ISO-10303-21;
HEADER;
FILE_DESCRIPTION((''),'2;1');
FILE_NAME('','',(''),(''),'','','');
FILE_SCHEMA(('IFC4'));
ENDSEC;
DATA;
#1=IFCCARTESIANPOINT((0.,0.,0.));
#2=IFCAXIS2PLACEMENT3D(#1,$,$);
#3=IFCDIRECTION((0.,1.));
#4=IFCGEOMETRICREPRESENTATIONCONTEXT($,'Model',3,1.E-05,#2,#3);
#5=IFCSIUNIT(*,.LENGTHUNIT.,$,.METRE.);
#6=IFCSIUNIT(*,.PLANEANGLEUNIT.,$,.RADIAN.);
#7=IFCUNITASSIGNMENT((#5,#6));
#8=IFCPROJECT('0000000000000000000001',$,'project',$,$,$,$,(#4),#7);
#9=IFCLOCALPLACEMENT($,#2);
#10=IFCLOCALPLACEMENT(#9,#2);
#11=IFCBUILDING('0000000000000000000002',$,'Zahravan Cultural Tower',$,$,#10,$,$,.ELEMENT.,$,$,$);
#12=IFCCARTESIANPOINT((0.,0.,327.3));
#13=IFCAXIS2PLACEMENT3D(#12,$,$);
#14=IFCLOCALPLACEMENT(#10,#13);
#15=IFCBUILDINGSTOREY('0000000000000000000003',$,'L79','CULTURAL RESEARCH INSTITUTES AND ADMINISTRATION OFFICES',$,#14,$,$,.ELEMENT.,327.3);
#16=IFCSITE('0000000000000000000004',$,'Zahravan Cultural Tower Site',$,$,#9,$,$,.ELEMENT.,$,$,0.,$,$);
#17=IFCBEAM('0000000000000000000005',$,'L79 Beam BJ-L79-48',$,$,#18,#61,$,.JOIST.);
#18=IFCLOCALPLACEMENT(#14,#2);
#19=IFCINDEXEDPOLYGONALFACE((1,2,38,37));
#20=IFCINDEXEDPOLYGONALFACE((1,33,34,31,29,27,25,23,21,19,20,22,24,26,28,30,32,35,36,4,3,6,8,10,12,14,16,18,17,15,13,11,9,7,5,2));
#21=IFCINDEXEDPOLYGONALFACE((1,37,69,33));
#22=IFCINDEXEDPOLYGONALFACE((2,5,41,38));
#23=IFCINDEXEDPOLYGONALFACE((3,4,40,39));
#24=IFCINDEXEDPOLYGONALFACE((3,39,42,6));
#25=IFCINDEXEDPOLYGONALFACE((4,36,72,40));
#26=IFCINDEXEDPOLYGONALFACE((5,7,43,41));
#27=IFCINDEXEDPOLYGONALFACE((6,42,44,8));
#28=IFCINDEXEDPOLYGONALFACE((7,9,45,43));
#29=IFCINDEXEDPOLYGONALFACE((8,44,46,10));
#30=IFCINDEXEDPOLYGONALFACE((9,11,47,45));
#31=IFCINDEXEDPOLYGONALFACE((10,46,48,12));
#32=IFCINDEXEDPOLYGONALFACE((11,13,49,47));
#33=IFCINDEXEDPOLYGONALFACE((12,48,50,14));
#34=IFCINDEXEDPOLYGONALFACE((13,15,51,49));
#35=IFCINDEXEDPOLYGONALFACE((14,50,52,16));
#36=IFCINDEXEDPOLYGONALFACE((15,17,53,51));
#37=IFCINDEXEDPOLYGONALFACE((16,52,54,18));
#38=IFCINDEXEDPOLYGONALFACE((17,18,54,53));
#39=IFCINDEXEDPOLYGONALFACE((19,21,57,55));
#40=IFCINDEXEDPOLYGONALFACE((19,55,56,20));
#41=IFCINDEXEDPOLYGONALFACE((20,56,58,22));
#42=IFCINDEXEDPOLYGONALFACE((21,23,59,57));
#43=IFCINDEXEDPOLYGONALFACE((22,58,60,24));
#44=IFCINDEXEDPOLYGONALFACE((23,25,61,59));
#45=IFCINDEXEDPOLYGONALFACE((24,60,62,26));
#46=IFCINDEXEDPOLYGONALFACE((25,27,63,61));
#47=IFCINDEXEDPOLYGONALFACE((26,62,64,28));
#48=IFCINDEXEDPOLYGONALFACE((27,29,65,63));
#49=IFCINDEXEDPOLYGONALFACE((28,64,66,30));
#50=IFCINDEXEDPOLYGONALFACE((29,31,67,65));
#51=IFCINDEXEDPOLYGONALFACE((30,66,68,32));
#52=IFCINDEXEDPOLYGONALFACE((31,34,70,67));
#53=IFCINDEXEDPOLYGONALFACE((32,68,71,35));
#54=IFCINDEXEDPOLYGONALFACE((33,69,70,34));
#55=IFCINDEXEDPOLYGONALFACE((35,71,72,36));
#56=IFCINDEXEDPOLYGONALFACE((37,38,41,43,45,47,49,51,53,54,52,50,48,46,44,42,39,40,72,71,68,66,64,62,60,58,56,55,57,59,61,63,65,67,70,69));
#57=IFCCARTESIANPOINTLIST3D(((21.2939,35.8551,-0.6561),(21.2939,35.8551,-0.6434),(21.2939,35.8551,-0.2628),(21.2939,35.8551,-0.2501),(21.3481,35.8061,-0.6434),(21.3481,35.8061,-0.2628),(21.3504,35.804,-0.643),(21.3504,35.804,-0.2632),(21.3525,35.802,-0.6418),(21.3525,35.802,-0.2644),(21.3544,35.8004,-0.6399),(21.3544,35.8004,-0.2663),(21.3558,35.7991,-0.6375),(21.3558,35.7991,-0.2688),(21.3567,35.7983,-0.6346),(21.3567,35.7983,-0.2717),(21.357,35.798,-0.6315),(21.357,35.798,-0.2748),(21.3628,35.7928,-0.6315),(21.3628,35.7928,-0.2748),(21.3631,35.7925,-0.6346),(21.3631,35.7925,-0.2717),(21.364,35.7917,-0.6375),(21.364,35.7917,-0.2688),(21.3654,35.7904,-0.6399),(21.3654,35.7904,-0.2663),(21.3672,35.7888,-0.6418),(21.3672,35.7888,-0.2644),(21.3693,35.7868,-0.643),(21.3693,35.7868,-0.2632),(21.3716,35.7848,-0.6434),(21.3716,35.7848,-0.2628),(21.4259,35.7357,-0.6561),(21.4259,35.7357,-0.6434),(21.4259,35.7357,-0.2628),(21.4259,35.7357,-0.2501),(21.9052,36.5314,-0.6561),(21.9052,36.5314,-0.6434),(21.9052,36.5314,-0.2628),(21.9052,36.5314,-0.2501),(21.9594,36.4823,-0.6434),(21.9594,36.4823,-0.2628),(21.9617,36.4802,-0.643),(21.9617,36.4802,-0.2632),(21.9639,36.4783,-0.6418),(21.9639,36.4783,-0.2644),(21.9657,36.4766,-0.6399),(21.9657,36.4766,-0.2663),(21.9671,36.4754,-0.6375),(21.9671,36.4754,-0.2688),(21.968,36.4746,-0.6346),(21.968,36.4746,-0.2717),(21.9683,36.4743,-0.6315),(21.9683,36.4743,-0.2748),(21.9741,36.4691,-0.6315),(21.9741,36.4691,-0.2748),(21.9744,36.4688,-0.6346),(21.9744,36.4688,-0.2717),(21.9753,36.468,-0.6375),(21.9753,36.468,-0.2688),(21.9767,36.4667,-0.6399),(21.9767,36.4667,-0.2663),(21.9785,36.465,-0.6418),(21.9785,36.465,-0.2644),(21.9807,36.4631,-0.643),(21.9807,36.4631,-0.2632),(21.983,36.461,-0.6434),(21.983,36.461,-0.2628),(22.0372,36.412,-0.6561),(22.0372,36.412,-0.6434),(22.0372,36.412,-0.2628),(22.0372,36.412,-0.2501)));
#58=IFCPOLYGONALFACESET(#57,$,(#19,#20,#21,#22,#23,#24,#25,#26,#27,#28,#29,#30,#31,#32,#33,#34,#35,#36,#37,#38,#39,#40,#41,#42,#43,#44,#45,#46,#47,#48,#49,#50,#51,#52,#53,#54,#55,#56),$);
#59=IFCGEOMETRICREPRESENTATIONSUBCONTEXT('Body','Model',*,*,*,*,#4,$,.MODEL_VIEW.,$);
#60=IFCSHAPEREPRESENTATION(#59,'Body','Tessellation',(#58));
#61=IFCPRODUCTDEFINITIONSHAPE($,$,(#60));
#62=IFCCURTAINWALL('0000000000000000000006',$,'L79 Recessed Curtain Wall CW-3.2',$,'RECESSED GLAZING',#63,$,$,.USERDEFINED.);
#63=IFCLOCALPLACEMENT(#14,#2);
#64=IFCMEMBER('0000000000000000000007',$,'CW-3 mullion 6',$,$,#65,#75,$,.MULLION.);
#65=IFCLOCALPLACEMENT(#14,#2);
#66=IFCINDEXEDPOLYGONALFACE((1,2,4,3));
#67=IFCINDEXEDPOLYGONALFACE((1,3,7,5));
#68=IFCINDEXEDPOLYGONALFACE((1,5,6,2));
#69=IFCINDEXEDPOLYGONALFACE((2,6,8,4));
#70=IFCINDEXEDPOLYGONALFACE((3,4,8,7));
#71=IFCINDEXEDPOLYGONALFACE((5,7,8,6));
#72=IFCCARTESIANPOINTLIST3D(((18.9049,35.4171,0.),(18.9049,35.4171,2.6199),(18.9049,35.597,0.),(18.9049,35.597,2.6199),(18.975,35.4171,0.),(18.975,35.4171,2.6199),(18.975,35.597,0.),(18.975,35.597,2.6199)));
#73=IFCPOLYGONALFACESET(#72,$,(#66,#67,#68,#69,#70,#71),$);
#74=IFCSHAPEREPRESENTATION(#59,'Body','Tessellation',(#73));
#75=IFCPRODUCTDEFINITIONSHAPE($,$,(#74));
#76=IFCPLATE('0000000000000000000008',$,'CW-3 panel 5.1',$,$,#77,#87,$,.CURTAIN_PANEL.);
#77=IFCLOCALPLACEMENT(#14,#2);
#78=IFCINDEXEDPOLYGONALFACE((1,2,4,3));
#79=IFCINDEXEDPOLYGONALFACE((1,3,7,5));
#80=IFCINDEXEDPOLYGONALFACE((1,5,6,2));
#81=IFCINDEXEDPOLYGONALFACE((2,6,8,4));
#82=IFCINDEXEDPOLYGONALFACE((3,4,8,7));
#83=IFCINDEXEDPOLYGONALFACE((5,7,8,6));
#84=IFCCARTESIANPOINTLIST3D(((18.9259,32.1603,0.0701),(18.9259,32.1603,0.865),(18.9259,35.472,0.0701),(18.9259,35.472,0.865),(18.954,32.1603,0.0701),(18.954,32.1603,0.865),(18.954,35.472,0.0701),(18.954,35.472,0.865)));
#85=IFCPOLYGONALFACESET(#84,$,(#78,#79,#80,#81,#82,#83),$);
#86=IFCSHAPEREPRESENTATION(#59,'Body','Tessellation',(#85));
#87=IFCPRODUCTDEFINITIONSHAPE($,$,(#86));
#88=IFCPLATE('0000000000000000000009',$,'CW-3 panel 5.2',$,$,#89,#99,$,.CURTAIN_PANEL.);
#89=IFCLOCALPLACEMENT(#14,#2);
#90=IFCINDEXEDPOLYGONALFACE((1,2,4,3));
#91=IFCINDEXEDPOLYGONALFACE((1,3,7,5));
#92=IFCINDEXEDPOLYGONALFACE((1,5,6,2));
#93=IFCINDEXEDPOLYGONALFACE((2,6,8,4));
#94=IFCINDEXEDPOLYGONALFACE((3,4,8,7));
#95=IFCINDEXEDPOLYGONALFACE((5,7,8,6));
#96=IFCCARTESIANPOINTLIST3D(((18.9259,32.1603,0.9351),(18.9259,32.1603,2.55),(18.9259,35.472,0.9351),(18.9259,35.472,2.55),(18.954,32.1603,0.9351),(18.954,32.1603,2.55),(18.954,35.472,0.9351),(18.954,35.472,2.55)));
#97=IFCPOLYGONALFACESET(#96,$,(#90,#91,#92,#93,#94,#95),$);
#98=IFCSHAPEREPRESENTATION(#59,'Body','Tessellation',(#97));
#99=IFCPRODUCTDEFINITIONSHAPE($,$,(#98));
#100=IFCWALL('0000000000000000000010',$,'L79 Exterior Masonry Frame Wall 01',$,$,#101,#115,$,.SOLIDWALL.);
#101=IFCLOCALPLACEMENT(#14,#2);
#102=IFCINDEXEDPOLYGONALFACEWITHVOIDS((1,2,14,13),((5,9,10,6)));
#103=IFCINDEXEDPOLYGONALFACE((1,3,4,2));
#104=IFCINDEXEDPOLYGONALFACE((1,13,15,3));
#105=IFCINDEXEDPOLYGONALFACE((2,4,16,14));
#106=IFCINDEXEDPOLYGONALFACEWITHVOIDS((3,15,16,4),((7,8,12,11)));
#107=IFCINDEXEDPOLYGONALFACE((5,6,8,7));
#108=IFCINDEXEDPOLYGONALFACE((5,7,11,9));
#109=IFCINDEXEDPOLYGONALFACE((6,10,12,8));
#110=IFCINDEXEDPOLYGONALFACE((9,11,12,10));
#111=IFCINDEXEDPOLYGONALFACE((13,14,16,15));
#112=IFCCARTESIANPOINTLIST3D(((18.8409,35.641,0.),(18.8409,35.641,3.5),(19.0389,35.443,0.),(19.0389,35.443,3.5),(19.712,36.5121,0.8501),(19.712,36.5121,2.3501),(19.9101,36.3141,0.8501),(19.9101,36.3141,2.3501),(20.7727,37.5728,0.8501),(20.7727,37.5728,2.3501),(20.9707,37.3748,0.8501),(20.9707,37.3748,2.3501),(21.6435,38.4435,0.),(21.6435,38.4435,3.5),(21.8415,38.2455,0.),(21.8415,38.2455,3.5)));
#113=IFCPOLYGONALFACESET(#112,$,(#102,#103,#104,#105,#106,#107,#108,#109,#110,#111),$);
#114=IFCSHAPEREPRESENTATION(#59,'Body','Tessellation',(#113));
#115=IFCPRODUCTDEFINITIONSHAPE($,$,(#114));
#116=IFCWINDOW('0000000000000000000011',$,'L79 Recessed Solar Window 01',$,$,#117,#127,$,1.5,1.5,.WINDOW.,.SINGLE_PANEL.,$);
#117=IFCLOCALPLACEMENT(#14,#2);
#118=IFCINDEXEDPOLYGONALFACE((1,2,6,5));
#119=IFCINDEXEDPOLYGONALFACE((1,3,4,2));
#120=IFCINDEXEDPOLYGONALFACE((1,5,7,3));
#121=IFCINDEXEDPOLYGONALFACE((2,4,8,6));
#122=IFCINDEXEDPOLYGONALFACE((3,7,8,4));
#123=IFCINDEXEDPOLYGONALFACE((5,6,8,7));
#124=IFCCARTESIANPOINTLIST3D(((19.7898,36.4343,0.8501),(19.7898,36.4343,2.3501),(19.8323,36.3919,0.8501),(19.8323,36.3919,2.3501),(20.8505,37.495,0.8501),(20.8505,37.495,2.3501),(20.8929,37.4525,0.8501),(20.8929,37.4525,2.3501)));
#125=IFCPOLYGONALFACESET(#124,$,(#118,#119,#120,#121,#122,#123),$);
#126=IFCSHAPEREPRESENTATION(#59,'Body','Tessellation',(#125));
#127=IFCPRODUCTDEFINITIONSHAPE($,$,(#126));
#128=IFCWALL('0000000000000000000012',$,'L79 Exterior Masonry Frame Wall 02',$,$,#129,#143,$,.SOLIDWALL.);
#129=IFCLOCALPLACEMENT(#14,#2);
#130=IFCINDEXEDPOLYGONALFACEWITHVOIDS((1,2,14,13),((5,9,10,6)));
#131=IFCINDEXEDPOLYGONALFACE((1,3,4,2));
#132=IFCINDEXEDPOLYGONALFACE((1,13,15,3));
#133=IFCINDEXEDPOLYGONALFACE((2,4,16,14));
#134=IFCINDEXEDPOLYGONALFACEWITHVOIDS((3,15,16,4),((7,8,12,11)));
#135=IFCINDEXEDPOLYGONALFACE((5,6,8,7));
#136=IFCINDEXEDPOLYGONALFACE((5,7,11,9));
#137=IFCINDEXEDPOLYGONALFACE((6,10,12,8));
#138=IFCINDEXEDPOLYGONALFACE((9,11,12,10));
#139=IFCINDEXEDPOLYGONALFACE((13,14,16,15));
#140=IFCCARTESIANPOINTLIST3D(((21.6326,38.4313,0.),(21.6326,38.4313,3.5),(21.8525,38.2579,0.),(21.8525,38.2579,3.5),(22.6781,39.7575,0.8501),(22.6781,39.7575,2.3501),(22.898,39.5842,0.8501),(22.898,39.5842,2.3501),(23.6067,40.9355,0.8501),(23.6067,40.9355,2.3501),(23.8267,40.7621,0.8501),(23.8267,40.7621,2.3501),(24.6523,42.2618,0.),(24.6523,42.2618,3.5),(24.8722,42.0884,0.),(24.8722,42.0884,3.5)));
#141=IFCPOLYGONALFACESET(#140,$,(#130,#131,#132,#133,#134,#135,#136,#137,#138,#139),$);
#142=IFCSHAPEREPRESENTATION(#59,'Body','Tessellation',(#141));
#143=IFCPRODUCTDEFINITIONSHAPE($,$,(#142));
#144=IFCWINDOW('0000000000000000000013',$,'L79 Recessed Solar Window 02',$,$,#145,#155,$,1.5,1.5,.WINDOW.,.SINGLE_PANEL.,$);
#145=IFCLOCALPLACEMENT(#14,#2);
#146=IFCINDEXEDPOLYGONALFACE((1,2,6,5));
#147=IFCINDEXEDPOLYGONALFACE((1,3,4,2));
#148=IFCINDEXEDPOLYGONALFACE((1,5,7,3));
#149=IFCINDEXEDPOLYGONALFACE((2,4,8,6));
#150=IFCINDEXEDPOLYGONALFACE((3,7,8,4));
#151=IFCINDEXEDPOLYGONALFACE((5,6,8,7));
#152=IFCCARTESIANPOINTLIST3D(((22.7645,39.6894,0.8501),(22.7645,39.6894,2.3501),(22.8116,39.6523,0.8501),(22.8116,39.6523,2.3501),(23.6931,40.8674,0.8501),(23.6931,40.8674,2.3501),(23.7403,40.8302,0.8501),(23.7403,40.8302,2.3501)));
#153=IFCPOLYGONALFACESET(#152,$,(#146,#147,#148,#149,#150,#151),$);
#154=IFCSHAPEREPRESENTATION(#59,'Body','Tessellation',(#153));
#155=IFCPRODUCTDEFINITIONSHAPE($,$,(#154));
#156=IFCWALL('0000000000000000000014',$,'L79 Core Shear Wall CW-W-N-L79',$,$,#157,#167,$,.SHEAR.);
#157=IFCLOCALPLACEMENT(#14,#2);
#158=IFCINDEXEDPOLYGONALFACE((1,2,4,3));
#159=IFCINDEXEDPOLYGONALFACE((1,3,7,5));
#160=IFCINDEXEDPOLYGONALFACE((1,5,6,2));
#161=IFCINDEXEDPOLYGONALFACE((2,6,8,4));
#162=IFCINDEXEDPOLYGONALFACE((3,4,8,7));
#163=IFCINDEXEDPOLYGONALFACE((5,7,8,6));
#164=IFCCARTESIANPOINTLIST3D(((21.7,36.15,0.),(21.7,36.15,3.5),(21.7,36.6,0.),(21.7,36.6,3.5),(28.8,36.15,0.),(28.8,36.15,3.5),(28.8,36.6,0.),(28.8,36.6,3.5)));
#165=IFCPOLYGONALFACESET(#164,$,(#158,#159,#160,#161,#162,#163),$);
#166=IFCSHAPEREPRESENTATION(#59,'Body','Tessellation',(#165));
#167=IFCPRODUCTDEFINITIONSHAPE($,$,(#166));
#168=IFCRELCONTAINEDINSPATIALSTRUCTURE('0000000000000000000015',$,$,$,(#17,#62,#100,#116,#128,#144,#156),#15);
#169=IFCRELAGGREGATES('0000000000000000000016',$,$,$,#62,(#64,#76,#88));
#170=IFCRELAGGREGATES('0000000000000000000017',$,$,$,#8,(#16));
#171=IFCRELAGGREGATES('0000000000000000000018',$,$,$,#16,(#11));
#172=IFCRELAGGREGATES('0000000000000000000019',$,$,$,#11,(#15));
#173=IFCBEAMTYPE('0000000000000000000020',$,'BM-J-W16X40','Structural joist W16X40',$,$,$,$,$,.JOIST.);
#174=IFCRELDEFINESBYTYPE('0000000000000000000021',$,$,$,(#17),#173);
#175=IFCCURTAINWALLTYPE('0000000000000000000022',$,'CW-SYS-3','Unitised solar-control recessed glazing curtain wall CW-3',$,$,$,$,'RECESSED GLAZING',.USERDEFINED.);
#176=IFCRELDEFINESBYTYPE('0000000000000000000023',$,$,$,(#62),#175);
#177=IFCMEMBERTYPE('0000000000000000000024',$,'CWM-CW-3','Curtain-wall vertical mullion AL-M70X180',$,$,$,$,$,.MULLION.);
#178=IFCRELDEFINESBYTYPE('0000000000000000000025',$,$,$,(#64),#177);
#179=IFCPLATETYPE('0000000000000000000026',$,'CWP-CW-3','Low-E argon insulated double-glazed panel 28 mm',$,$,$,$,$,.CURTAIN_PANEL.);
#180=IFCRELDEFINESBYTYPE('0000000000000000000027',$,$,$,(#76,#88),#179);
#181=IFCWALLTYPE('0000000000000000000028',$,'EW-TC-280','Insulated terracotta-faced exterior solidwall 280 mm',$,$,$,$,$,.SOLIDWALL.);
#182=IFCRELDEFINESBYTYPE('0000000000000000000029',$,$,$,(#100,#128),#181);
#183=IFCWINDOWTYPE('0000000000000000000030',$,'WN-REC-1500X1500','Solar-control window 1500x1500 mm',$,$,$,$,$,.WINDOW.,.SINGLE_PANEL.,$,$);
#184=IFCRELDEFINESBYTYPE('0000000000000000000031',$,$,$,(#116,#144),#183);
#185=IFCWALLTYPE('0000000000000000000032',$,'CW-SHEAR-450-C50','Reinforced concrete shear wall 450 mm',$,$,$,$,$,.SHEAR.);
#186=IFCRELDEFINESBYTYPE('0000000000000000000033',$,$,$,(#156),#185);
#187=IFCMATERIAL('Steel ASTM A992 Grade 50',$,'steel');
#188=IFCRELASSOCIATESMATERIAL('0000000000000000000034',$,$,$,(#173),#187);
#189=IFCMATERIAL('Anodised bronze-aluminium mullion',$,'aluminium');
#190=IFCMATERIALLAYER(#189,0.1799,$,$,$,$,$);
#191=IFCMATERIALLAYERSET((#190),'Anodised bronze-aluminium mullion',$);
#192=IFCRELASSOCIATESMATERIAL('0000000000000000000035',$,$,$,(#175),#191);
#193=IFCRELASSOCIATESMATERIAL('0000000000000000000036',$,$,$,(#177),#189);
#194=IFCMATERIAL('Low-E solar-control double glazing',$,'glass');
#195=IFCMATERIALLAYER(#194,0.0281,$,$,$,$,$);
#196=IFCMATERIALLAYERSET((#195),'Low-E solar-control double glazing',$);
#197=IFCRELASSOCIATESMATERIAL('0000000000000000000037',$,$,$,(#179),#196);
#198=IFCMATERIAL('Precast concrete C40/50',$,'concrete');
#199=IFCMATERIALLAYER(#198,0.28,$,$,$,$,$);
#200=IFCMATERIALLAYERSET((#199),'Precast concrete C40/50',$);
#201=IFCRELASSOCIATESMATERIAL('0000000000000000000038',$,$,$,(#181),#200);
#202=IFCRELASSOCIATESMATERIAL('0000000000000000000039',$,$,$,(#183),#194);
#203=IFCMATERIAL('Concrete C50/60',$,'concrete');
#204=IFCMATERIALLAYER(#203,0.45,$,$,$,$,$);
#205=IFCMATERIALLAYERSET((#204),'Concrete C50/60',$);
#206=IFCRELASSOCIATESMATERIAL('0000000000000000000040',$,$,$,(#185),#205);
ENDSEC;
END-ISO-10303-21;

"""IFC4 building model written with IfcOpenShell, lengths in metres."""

from ifc_helpers import new_model, si_unit, direction, frame, frame_2d, origin, origin_2d, place, context, subcontext, project, spatial, rectangle, i_section, extrude, source, transform, mapped, material, layer, layer_set, material_profile, profile_set, type_object, element, fill, aggregate, save


model = new_model("IFC4")

# Units and contexts
model_context = context("Model", 3, precision=1e-05, world=origin(), true_north=direction((0.0, 1.0)))
body_context = subcontext(model_context, "Body", "Model", "MODEL_VIEW")
ifc_project = project(units=[si_unit("LENGTHUNIT", "METRE"), si_unit("PLANEANGLEUNIT", "RADIAN")], contexts=[model_context])

# Site, building, storey
site_placement = place(None, origin())
site = spatial("IfcSite", under=ifc_project, at=site_placement, Name="Zahravan Cultural Tower Site", CompositionType="ELEMENT", RefElevation=0.0)
building_placement = place(site_placement, origin())
building = spatial("IfcBuilding", under=site, at=building_placement, Name="Zahravan Cultural Tower", CompositionType="ELEMENT")
storey_placement = place(building_placement, frame((0.0, 0.0, 327.3)))
storey = spatial("IfcBuildingStorey", under=building, at=storey_placement, Name="L79", Description="CULTURAL RESEARCH INSTITUTES AND ADMINISTRATION OFFICES", CompositionType="ELEMENT", Elevation=327.3)

# Shared definitions
ifc_material_1 = material(Name="Concrete C50/60", Category="concrete")

# Beam
ifc_material_2 = material(Name="Steel ASTM A992 Grade 50", Category="steel")
ifc_material_profile_1 = material_profile(ifc_material_2, i_section(OverallWidth=0.178, OverallDepth=0.406, WebThickness=0.0078, FlangeThickness=0.0127, FilletRadius=0.012, at=origin_2d()), Name="W16X40")
ifc_profile_set_1 = profile_set([ifc_material_profile_1], Name="Steel ASTM A992 Grade 50")
beam_type_1 = type_object("IfcBeamType", Name="BM-J-W16X40", Description="Structural joist W16X40", PredefinedType="JOIST", material=ifc_profile_set_1)
shared_shape_1 = source(origin(), body_context, "Body", "SweptSolid", [
    extrude(i_section(OverallWidth=0.178, OverallDepth=0.406, WebThickness=0.0078, FlangeThickness=0.0127, FilletRadius=0.012, at=origin_2d()), origin(), (0.0, 0.0, 1.0), 0.9116),
])
beam_1_placement = place(storey_placement, frame((21.9712, 36.4717, -0.4531), z_axis=(-0.670591, -0.741828, 0.0), x_axis=(0.741828, -0.670591, 0.0)))
element("IfcBeam", 1, at=beam_1_placement, inside=storey, type_object=beam_type_1, Name="L79 Beam BJ-L79-48", PredefinedType="JOIST", context=body_context, shape_type="MappedRepresentation", body=[
    mapped(shared_shape_1, transform((0.0, 0.0, 0.0), x_axis=(1.0, 0.0, 0.0), y_axis=(0.0, 1.0, 0.0), z_axis=(0.0, 0.0, 1.0), scale=1.0)),
])

# Curtain wall, member, plates
ifc_material_3 = material(Name="Anodised bronze-aluminium mullion", Category="aluminium")
ifc_layer_1 = layer(ifc_material_3, 0.1799)
ifc_layer_set_1 = layer_set([ifc_layer_1], Name="Anodised bronze-aluminium mullion")
curtain_wall_type = type_object("IfcCurtainWallType", Name="CW-SYS-3", Description="Unitised solar-control recessed glazing curtain wall CW-3", ElementType="RECESSED GLAZING", PredefinedType="USERDEFINED", material=ifc_layer_set_1)
curtain_wall_placement = place(storey_placement, origin())
curtain_wall = element("IfcCurtainWall", 2, at=curtain_wall_placement, inside=storey, type_object=curtain_wall_type, Name="L79 Recessed Curtain Wall CW-3.2", ObjectType="RECESSED GLAZING", PredefinedType="USERDEFINED")
ifc_material_profile_2 = material_profile(ifc_material_3, rectangle(XDim=0.0701, YDim=0.1799, at=origin_2d()), Name="AL-M70X180")
ifc_profile_set_2 = profile_set([ifc_material_profile_2], Name="Anodised bronze-aluminium mullion")
member_type = type_object("IfcMemberType", Name="CWM-CW-3", Description="Curtain-wall vertical mullion AL-M70X180", PredefinedType="MULLION", material=ifc_profile_set_2)
shared_shape_2 = source(origin(), body_context, "Body", "SweptSolid", [
    extrude(rectangle(XDim=0.0701, YDim=0.1799, at=origin_2d()), origin(), (0.0, 0.0, 1.0), 2.6199),
])
member_placement = place(storey_placement, frame((18.9399, 35.5071, 0.0), z_axis=(0.0, 0.0, 1.0), x_axis=(-1.0, 0.0, 0.0)))
member = element("IfcMember", 3, at=member_placement, type_object=member_type, Name="CW-3 mullion 6", PredefinedType="MULLION", context=body_context, shape_type="MappedRepresentation", body=[
    mapped(shared_shape_2, transform((0.0, 0.0, 0.0), x_axis=(1.0, 0.0, 0.0), y_axis=(0.0, 1.0, 0.0), z_axis=(0.0, 0.0, 1.0), scale=1.0)),
])
ifc_material_4 = material(Name="Low-E solar-control double glazing", Category="glass")
ifc_layer_2 = layer(ifc_material_4, 0.0281)
ifc_layer_set_2 = layer_set([ifc_layer_2], Name="Low-E solar-control double glazing")
plate_type = type_object("IfcPlateType", Name="CWP-CW-3", Description="Low-E argon insulated double-glazed panel 28 mm", PredefinedType="CURTAIN_PANEL", material=ifc_layer_set_2)
shared_shape_3 = source(origin(), body_context, "Body", "SweptSolid", [
    extrude(rectangle(XDim=3.3118, YDim=0.0281, at=origin_2d()), origin(), (0.0, 0.0, 1.0), 0.7949),
])
plate_1_placement = place(storey_placement, frame((18.9399, 33.8162, 0.0701), z_axis=(0.0, 0.0, 1.0), x_axis=(0.0, 1.0, 0.0)))
plate_1 = element("IfcPlate", 4, at=plate_1_placement, type_object=plate_type, Name="CW-3 panel 5.1", PredefinedType="CURTAIN_PANEL", context=body_context, shape_type="MappedRepresentation", body=[
    mapped(shared_shape_3, transform((0.0, 0.0, 0.0), x_axis=(1.0, 0.0, 0.0), y_axis=(0.0, 1.0, 0.0), z_axis=(0.0, 0.0, 1.0), scale=1.0)),
])
shared_shape_4 = source(origin(), body_context, "Body", "SweptSolid", [
    extrude(rectangle(XDim=3.3118, YDim=0.0281, at=origin_2d()), origin(), (0.0, 0.0, 1.0), 1.615),
])
plate_2_placement = place(storey_placement, frame((18.9399, 33.8162, 0.9351), z_axis=(0.0, 0.0, 1.0), x_axis=(0.0, 1.0, 0.0)))
plate_2 = element("IfcPlate", 5, at=plate_2_placement, type_object=plate_type, Name="CW-3 panel 5.2", PredefinedType="CURTAIN_PANEL", context=body_context, shape_type="MappedRepresentation", body=[
    mapped(shared_shape_4, transform((0.0, 0.0, 0.0), x_axis=(1.0, 0.0, 0.0), y_axis=(0.0, 1.0, 0.0), z_axis=(0.0, 0.0, 1.0), scale=1.0)),
])
aggregate(curtain_wall, [member, plate_1, plate_2])

# Walls, openings, windows
ifc_material_5 = material(Name="Precast concrete C40/50", Category="concrete")
ifc_layer_3 = layer(ifc_material_5, 0.28)
ifc_layer_set_3 = layer_set([ifc_layer_3], Name="Precast concrete C40/50")
wall_type_1 = type_object("IfcWallType", Name="EW-TC-280", Description="Insulated terracotta-faced exterior solidwall 280 mm", PredefinedType="SOLIDWALL", material=ifc_layer_set_3)
wall_1_placement = place(storey_placement, frame((18.9399, 35.542, 0.0), z_axis=(0.0, 0.0, 1.0), x_axis=(0.707107, 0.707107, 0.0)))
wall_1 = element("IfcWall", 6, at=wall_1_placement, inside=storey, type_object=wall_type_1, Name="L79 Exterior Masonry Frame Wall 01", PredefinedType="SOLIDWALL", context=body_context, shape_type="SweptSolid", body=[
    extrude(rectangle(XDim=3.9634, YDim=0.28, at=frame_2d((1.9817, 0.0))), origin(), (0.0, 0.0, 1.0), 3.5),
])
opening_1_placement = place(wall_1_placement, frame((1.2319, 0.0, 0.8501)))
opening_1 = element("IfcOpeningElement", 7, at=opening_1_placement, cuts=wall_1, PredefinedType="OPENING", context=body_context, shape_type="SweptSolid", body=[
    extrude(rectangle(XDim=1.5, YDim=1.5, at=frame_2d((0.75, 0.75))), frame((0.0, 0.1499, 0.0), z_axis=(0.0, -1.0, 0.0), x_axis=(1.0, 0.0, 0.0)), (0.0, 0.0, 1.0), 0.3),
])
window_type = type_object("IfcWindowType", Name="WN-REC-1500X1500", Description="Solar-control window 1500x1500 mm", PartitioningType="SINGLE_PANEL", PredefinedType="WINDOW", material=ifc_material_4)
shared_shape_5 = source(origin(), body_context, "Body", "SweptSolid", [
    extrude(rectangle(XDim=1.5, YDim=1.5, at=frame_2d((0.75, 0.75))), frame((0.0, 0.03, 0.0), z_axis=(0.0, -1.0, 0.0), x_axis=(1.0, 0.0, 0.0)), (0.0, 0.0, 1.0), 0.0601),
])
window_1_placement = place(opening_1_placement, origin())
window_1 = element("IfcWindow", 8, at=window_1_placement, inside=storey, type_object=window_type, Name="L79 Recessed Solar Window 01", OverallHeight=1.5, OverallWidth=1.5, PartitioningType="SINGLE_PANEL", PredefinedType="WINDOW", context=body_context, shape_type="MappedRepresentation", body=[
    mapped(shared_shape_5, transform((0.0, 0.0, 0.0), x_axis=(1.0, 0.0, 0.0), y_axis=(0.0, 1.0, 0.0), z_axis=(0.0, 0.0, 1.0), scale=1.0)),
])
fill(opening_1, window_1)
wall_2_placement = place(storey_placement, frame((21.7424, 38.3445, 0.0), z_axis=(0.0, 0.0, 1.0), x_axis=(0.619094, 0.785317, 0.0)))
wall_2 = element("IfcWall", 9, at=wall_2_placement, inside=storey, type_object=wall_type_1, Name="L79 Exterior Masonry Frame Wall 02", PredefinedType="SOLIDWALL", context=body_context, shape_type="SweptSolid", body=[
    extrude(rectangle(XDim=4.8777, YDim=0.28, at=frame_2d((2.439, 0.0))), origin(), (0.0, 0.0, 1.0), 3.5),
])
opening_2_placement = place(wall_2_placement, frame((1.689, 0.0, 0.8501)))
opening_2 = element("IfcOpeningElement", 10, at=opening_2_placement, cuts=wall_2, PredefinedType="OPENING", context=body_context, shape_type="SweptSolid", body=[
    extrude(rectangle(XDim=1.5, YDim=1.5, at=frame_2d((0.75, 0.75))), frame((0.0, 0.1499, 0.0), z_axis=(0.0, -1.0, 0.0), x_axis=(1.0, 0.0, 0.0)), (0.0, 0.0, 1.0), 0.3),
])
window_2_placement = place(opening_2_placement, origin())
window_2 = element("IfcWindow", 11, at=window_2_placement, inside=storey, type_object=window_type, Name="L79 Recessed Solar Window 02", OverallHeight=1.5, OverallWidth=1.5, PartitioningType="SINGLE_PANEL", PredefinedType="WINDOW", context=body_context, shape_type="MappedRepresentation", body=[
    mapped(shared_shape_5, transform((0.0, 0.0, 0.0), x_axis=(1.0, 0.0, 0.0), y_axis=(0.0, 1.0, 0.0), z_axis=(0.0, 0.0, 1.0), scale=1.0)),
])
fill(opening_2, window_2)

# Wall
ifc_layer_4 = layer(ifc_material_1, 0.45)
ifc_layer_set_4 = layer_set([ifc_layer_4], Name="Concrete C50/60")
wall_type_2 = type_object("IfcWallType", Name="CW-SHEAR-450-C50", Description="Reinforced concrete shear wall 450 mm", PredefinedType="SHEAR", material=ifc_layer_set_4)
shared_shape_6 = source(origin(), body_context, "Body", "SweptSolid", [
    extrude(rectangle(XDim=7.1001, YDim=0.45, at=frame_2d((3.55, 0.0))), origin(), (0.0, 0.0, 1.0), 3.5),
])
wall_3_placement = place(storey_placement, frame((21.7, 36.375, 0.0), z_axis=(0.0, 0.0, 1.0), x_axis=(1.0, 0.0, 0.0)))
element("IfcWall", 12, at=wall_3_placement, inside=storey, type_object=wall_type_2, Name="L79 Core Shear Wall CW-W-N-L79", PredefinedType="SHEAR", context=body_context, shape_type="MappedRepresentation", body=[
    mapped(shared_shape_6, transform((0.0, 0.0, 0.0), x_axis=(1.0, 0.0, 0.0), y_axis=(0.0, 1.0, 0.0), z_axis=(0.0, 0.0, 1.0), scale=1.0)),
])

save(model, "model.ifc")
